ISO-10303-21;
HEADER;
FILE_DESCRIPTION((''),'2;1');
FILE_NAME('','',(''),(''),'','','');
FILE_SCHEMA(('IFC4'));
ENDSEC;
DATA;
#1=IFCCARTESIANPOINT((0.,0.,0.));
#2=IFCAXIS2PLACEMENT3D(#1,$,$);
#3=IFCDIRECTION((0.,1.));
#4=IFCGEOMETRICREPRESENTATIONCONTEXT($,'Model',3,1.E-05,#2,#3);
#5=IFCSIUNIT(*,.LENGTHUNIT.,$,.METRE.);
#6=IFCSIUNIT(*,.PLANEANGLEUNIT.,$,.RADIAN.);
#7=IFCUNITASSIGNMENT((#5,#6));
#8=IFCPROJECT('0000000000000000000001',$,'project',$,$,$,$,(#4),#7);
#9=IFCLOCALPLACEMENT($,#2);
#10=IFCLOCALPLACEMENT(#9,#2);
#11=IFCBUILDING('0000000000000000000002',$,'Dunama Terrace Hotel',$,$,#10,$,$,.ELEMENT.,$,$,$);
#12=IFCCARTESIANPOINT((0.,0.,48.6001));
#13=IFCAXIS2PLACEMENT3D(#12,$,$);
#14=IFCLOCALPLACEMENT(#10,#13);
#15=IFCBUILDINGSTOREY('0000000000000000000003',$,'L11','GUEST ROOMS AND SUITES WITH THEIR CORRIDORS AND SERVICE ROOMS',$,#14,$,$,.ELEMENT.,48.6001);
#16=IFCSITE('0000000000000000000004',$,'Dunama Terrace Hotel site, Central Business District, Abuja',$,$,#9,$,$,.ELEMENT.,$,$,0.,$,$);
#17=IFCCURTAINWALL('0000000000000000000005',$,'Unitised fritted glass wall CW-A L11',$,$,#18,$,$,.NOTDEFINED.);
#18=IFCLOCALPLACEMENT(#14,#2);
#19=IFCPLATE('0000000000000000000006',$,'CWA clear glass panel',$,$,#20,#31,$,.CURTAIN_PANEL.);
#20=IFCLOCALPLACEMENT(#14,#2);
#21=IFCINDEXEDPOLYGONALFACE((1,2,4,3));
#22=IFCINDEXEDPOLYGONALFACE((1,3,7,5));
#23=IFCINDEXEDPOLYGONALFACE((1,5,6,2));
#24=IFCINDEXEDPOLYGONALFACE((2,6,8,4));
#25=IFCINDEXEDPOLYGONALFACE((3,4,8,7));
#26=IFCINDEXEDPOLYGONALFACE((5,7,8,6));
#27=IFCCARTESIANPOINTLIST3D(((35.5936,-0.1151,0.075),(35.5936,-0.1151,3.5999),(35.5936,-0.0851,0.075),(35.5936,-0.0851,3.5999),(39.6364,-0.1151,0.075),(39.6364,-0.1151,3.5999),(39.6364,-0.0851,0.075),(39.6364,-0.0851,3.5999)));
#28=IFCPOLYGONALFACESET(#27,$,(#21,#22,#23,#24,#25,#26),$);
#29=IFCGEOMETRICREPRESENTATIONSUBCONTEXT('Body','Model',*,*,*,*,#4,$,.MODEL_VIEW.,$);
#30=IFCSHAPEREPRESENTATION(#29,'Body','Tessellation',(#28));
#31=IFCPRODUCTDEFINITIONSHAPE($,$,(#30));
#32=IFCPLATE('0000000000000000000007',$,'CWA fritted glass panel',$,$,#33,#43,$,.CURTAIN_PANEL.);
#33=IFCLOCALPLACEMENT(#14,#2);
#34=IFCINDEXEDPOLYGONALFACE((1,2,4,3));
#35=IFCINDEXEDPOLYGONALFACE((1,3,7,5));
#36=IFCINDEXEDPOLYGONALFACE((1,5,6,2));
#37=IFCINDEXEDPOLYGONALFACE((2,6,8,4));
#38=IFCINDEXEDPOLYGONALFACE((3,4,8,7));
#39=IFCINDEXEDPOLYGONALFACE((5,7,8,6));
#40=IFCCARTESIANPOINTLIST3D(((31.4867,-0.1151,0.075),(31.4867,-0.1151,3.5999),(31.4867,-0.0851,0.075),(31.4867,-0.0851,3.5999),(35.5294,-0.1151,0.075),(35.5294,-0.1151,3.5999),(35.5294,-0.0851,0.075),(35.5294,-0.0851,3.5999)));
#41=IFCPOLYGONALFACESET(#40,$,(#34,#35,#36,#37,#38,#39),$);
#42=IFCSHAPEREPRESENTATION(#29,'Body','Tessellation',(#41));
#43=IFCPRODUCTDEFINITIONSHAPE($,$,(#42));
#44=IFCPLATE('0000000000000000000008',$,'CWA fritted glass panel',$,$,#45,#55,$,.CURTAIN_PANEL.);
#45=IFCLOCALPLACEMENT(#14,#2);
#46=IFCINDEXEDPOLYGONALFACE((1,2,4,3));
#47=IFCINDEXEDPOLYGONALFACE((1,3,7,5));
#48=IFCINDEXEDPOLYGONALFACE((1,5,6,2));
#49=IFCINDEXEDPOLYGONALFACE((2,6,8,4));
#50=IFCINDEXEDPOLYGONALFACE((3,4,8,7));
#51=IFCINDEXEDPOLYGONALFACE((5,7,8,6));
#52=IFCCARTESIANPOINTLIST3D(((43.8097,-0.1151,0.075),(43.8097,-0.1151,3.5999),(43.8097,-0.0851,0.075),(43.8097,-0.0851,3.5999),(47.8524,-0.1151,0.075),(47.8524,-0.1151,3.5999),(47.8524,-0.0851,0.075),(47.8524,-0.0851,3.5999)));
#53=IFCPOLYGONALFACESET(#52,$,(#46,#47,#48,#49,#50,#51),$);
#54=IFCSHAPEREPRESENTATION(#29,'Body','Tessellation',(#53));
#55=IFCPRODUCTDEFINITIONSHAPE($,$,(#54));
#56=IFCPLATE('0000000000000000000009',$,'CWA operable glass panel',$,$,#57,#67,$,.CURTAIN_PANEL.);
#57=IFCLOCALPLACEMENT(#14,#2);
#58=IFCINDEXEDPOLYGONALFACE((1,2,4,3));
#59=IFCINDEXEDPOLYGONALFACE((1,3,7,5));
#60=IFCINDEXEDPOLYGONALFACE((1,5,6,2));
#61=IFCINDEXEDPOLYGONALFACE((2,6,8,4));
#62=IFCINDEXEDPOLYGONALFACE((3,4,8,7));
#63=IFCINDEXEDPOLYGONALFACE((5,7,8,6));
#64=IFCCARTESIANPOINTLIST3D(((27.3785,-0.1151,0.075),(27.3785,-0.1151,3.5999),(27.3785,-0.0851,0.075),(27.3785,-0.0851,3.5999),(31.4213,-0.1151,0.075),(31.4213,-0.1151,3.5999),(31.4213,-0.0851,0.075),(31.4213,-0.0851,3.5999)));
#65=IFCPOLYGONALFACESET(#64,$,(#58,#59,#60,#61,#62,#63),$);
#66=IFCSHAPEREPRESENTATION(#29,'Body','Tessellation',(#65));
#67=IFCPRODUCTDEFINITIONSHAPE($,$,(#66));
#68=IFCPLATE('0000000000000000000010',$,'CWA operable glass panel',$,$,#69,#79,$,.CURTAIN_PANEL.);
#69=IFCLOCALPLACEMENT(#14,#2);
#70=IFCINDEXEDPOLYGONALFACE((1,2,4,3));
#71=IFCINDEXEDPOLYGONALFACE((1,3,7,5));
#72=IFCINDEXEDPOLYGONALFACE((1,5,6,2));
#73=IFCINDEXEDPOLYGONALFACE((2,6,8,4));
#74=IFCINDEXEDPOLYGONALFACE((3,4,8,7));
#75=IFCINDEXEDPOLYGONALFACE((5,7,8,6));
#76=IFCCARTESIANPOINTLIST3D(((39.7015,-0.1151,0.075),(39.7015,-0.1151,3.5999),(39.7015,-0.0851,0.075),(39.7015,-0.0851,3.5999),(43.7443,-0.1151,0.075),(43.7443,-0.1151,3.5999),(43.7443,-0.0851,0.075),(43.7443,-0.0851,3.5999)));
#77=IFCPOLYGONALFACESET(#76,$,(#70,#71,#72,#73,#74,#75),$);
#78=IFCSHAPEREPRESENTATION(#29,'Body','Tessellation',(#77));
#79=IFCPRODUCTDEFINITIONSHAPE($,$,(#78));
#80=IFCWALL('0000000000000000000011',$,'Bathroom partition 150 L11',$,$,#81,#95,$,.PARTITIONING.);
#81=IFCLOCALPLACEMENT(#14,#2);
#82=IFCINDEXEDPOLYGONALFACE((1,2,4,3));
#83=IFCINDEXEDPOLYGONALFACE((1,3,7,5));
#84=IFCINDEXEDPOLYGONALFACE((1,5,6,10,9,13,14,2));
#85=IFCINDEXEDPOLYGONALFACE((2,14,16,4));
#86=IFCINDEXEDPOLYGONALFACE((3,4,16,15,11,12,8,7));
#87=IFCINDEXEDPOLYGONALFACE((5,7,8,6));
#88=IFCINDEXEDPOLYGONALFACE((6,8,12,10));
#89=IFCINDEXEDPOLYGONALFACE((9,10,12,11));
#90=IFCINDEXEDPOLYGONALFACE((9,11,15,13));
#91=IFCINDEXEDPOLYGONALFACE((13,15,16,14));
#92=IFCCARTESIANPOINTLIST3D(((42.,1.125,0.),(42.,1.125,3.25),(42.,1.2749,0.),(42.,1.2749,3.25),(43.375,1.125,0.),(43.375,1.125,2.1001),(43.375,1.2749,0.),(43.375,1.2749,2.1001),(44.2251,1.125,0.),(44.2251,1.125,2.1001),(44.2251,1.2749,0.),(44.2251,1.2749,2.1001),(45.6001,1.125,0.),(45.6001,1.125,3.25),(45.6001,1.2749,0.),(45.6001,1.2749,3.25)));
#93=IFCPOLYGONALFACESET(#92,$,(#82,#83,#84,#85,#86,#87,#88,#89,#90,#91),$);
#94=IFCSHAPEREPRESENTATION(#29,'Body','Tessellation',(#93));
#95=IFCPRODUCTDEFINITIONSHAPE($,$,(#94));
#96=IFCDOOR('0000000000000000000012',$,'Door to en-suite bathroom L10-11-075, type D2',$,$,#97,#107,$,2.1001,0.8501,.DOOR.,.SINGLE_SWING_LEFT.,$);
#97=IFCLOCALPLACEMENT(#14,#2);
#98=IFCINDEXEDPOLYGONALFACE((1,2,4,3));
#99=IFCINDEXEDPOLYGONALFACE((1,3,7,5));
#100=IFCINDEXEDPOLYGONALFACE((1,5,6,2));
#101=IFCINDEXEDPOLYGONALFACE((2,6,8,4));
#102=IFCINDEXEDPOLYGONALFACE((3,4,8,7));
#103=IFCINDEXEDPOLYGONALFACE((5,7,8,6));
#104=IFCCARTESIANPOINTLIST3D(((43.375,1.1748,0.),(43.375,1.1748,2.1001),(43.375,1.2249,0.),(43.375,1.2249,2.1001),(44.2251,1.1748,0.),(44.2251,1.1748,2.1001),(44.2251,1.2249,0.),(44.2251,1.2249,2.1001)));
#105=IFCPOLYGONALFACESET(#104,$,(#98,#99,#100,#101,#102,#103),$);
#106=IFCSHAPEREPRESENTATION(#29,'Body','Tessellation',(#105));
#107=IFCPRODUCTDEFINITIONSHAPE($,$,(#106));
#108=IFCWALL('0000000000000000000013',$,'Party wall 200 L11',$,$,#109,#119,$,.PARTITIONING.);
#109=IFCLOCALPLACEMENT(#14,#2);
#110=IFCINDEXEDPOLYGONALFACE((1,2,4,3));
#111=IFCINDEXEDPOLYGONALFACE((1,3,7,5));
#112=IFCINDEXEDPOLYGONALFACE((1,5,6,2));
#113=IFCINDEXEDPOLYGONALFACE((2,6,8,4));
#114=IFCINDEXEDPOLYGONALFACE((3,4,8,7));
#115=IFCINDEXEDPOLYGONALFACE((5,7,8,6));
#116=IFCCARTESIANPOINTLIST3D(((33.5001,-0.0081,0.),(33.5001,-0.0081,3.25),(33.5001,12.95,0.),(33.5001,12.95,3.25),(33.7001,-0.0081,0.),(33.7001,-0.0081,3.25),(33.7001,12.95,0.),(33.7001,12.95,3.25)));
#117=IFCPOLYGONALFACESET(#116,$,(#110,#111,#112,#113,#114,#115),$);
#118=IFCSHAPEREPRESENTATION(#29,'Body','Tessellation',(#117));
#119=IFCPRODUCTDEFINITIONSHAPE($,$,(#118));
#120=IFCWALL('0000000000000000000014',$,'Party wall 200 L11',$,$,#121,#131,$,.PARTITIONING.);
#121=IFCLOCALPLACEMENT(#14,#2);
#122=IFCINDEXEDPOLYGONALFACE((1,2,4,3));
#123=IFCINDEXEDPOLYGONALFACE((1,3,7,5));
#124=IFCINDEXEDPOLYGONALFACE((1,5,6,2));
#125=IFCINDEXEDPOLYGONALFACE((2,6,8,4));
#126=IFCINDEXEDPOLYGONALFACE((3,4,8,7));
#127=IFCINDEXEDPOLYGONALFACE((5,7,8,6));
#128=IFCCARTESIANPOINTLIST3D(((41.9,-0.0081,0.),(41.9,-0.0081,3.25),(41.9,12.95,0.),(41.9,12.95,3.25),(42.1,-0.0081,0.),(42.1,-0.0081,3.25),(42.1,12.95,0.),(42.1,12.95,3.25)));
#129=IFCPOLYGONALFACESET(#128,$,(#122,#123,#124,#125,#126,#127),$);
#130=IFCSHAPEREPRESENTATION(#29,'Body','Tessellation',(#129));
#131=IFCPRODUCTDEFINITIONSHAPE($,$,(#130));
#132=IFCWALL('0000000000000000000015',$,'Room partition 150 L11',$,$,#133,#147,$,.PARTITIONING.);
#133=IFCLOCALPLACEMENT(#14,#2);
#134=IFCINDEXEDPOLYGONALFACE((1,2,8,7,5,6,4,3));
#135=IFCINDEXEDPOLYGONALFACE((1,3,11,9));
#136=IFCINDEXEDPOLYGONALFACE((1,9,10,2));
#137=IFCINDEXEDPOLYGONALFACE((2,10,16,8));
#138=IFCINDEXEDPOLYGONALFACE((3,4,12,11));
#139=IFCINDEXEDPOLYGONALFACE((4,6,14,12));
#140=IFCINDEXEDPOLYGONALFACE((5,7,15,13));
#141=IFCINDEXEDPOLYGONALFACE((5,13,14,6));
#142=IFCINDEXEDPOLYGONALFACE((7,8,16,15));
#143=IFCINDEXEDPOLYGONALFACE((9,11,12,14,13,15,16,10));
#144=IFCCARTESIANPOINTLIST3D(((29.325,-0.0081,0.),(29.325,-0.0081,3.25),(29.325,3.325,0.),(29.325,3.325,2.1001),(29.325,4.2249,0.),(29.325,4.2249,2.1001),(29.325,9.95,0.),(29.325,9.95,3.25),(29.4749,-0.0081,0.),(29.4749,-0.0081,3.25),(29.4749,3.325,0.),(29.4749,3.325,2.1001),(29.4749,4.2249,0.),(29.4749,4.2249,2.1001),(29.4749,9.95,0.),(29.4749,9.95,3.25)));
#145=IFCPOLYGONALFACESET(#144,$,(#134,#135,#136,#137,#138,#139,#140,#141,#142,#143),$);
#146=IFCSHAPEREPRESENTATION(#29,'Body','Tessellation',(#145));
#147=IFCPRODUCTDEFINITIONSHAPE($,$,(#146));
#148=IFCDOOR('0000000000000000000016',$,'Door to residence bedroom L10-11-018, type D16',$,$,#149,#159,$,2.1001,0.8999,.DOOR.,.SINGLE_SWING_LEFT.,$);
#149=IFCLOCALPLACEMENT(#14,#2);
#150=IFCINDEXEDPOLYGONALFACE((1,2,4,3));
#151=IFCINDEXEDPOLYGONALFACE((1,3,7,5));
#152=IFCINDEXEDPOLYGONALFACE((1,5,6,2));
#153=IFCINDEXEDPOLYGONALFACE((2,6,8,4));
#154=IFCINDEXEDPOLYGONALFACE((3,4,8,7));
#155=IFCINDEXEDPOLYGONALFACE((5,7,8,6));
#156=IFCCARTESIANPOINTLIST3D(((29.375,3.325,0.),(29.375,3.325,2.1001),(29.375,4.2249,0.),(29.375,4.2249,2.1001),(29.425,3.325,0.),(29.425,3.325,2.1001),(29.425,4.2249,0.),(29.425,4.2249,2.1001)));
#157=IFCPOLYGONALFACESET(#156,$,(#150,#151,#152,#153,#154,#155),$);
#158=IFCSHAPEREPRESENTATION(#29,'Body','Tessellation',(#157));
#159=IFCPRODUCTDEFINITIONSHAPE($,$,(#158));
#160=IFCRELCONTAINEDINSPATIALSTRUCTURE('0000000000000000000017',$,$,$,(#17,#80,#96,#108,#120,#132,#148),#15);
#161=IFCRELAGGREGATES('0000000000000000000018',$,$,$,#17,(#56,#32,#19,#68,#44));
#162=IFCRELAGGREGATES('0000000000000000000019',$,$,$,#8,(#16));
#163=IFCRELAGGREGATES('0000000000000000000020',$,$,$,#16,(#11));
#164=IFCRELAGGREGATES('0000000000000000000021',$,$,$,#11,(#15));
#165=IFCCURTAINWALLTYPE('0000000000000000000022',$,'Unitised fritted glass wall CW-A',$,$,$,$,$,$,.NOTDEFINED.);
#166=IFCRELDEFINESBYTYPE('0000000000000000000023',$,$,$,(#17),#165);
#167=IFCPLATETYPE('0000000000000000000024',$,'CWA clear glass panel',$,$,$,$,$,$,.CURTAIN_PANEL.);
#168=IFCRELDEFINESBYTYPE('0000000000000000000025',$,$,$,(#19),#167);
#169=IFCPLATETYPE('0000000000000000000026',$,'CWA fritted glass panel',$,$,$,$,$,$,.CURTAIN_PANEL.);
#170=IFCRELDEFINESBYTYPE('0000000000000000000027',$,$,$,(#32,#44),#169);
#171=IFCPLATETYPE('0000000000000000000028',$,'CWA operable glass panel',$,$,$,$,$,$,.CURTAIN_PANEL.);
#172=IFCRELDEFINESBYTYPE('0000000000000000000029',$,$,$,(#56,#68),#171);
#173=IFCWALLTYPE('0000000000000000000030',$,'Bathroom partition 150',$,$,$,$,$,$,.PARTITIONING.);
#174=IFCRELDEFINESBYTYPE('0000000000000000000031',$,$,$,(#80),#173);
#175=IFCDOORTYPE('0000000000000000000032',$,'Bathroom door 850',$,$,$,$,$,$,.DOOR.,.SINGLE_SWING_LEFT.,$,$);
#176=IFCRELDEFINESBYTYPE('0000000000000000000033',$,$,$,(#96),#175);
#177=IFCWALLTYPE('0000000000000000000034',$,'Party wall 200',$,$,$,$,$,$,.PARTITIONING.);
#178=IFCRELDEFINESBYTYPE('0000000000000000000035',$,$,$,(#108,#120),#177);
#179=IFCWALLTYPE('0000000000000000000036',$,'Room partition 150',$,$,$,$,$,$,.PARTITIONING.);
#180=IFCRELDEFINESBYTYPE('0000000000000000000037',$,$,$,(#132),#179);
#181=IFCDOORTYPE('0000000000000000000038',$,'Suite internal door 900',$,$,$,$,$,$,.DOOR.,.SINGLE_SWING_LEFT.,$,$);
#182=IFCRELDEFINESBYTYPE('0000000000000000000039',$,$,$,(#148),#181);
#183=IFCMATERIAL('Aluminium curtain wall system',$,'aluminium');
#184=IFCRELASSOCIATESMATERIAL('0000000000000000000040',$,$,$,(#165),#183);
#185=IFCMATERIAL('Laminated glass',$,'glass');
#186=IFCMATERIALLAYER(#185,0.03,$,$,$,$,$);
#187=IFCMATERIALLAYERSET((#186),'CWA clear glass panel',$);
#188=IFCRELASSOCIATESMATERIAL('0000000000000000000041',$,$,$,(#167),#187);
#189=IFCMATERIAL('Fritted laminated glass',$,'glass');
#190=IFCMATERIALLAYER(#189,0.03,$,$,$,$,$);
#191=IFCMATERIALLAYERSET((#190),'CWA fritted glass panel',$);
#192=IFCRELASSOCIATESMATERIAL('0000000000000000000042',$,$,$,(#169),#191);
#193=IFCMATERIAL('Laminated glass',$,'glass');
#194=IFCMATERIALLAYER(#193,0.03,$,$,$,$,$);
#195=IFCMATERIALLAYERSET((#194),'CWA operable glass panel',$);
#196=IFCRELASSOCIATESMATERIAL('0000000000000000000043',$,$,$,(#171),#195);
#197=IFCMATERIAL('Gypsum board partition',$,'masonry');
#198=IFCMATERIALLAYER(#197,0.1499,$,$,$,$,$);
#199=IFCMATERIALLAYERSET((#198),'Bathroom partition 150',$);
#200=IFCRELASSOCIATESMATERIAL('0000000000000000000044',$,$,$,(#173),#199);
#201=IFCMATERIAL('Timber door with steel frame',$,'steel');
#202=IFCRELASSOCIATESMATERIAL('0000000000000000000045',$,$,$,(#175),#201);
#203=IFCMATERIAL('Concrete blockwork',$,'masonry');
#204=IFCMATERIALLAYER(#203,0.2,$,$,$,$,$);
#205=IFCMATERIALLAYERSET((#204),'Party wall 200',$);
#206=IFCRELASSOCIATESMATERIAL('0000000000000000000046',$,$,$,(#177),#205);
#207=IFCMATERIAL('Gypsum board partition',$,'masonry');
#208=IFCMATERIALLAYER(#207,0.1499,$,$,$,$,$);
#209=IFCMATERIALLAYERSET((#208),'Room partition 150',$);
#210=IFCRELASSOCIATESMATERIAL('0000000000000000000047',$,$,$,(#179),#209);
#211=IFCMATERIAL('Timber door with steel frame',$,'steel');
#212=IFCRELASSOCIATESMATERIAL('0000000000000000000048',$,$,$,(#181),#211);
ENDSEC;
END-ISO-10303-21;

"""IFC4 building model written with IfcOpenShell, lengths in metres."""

from ifc_helpers import new_model, si_unit, direction, frame, frame_2d, origin, origin_2d, place, context, subcontext, project, spatial, rectangle, extrude, material, layer, layer_set, type_object, element, fill, aggregate, save


model = new_model("IFC4")

# Units and contexts
model_context = context("Model", 3, precision=1e-05, world=origin(), true_north=direction((0.0, 1.0)))
body_context = subcontext(model_context, "Body", "Model", "MODEL_VIEW")
ifc_project = project(units=[si_unit("LENGTHUNIT", "METRE"), si_unit("PLANEANGLEUNIT", "RADIAN")], contexts=[model_context])

# Site, building, storey
site_placement = place(None, origin())
site = spatial("IfcSite", under=ifc_project, at=site_placement, Name="Dunama Terrace Hotel site, Central Business District, Abuja", CompositionType="ELEMENT", RefElevation=0.0)
building_placement = place(site_placement, origin())
building = spatial("IfcBuilding", under=site, at=building_placement, Name="Dunama Terrace Hotel", CompositionType="ELEMENT")
storey_placement = place(building_placement, frame((0.0, 0.0, 48.6001)))
storey = spatial("IfcBuildingStorey", under=building, at=storey_placement, Name="L11", Description="GUEST ROOMS AND SUITES WITH THEIR CORRIDORS AND SERVICE ROOMS", CompositionType="ELEMENT", Elevation=48.6001)

# Curtain wall
ifc_material_1 = material(Name="Aluminium curtain wall system", Category="aluminium")
curtain_wall_type = type_object("IfcCurtainWallType", Name="Unitised fritted glass wall CW-A", PredefinedType="NOTDEFINED", material=ifc_material_1)
curtain_wall_placement = place(storey_placement, origin())
curtain_wall = element("IfcCurtainWall", 1, at=curtain_wall_placement, inside=storey, type_object=curtain_wall_type, Name="Unitised fritted glass wall CW-A L11", PredefinedType="NOTDEFINED")

# Plates
ifc_material_2 = material(Name="Laminated glass", Category="glass")
ifc_layer_1 = layer(ifc_material_2, 0.03)
ifc_layer_set_1 = layer_set([ifc_layer_1], Name="CWA clear glass panel")
plate_type_1 = type_object("IfcPlateType", Name="CWA clear glass panel", PredefinedType="CURTAIN_PANEL", material=ifc_layer_set_1)
plate_1_placement = place(storey_placement, frame((37.615, -0.1001, 0.075), z_axis=(0.0, 0.0, 1.0), x_axis=(1.0, 0.0, 0.0)))
plate_1 = element("IfcPlate", 2, at=plate_1_placement, type_object=plate_type_1, Name="CWA clear glass panel", PredefinedType="CURTAIN_PANEL", context=body_context, shape_type="SweptSolid", body=[
    extrude(rectangle(XDim=4.0427, YDim=0.03, at=origin_2d()), origin(), (0.0, 0.0, 1.0), 3.5249),
])
ifc_material_3 = material(Name="Fritted laminated glass", Category="glass")
ifc_layer_2 = layer(ifc_material_3, 0.03)
ifc_layer_set_2 = layer_set([ifc_layer_2], Name="CWA fritted glass panel")
plate_type_2 = type_object("IfcPlateType", Name="CWA fritted glass panel", PredefinedType="CURTAIN_PANEL", material=ifc_layer_set_2)
plate_2_placement = place(storey_placement, frame((33.5081, -0.1001, 0.075), z_axis=(0.0, 0.0, 1.0), x_axis=(1.0, 0.0, 0.0)))
plate_2 = element("IfcPlate", 3, at=plate_2_placement, type_object=plate_type_2, Name="CWA fritted glass panel", PredefinedType="CURTAIN_PANEL", context=body_context, shape_type="SweptSolid", body=[
    extrude(rectangle(XDim=4.0427, YDim=0.03, at=origin_2d()), origin(), (0.0, 0.0, 1.0), 3.5249),
])
plate_3_placement = place(storey_placement, frame((45.8311, -0.1001, 0.075), z_axis=(0.0, 0.0, 1.0), x_axis=(1.0, 0.0, 0.0)))
plate_3 = element("IfcPlate", 4, at=plate_3_placement, type_object=plate_type_2, Name="CWA fritted glass panel", PredefinedType="CURTAIN_PANEL", context=body_context, shape_type="SweptSolid", body=[
    extrude(rectangle(XDim=4.0427, YDim=0.03, at=origin_2d()), origin(), (0.0, 0.0, 1.0), 3.5249),
])
ifc_material_4 = material(Name="Laminated glass", Category="glass")
ifc_layer_3 = layer(ifc_material_4, 0.03)
ifc_layer_set_3 = layer_set([ifc_layer_3], Name="CWA operable glass panel")
plate_type_3 = type_object("IfcPlateType", Name="CWA operable glass panel", PredefinedType="CURTAIN_PANEL", material=ifc_layer_set_3)
plate_4_placement = place(storey_placement, frame((29.3999, -0.1001, 0.075), z_axis=(0.0, 0.0, 1.0), x_axis=(1.0, 0.0, 0.0)))
plate_4 = element("IfcPlate", 5, at=plate_4_placement, type_object=plate_type_3, Name="CWA operable glass panel", PredefinedType="CURTAIN_PANEL", context=body_context, shape_type="SweptSolid", body=[
    extrude(rectangle(XDim=4.0427, YDim=0.03, at=origin_2d()), origin(), (0.0, 0.0, 1.0), 3.5249),
])
plate_5_placement = place(storey_placement, frame((41.7229, -0.1001, 0.075), z_axis=(0.0, 0.0, 1.0), x_axis=(1.0, 0.0, 0.0)))
plate_5 = element("IfcPlate", 6, at=plate_5_placement, type_object=plate_type_3, Name="CWA operable glass panel", PredefinedType="CURTAIN_PANEL", context=body_context, shape_type="SweptSolid", body=[
    extrude(rectangle(XDim=4.0427, YDim=0.03, at=origin_2d()), origin(), (0.0, 0.0, 1.0), 3.5249),
])
aggregate(curtain_wall, [plate_4, plate_2, plate_1, plate_5, plate_3])

# Wall, opening, door
ifc_material_5 = material(Name="Gypsum board partition", Category="masonry")
ifc_layer_4 = layer(ifc_material_5, 0.1499)
ifc_layer_set_4 = layer_set([ifc_layer_4], Name="Bathroom partition 150")
wall_type_1 = type_object("IfcWallType", Name="Bathroom partition 150", PredefinedType="PARTITIONING", material=ifc_layer_set_4)
wall_1_placement = place(storey_placement, frame((42.0, 1.2, 0.0), z_axis=(0.0, 0.0, 1.0), x_axis=(1.0, 0.0, 0.0)))
wall_1 = element("IfcWall", 7, at=wall_1_placement, inside=storey, type_object=wall_type_1, Name="Bathroom partition 150 L11", PredefinedType="PARTITIONING", context=body_context, shape_type="SweptSolid", body=[
    extrude(rectangle(XDim=3.6001, YDim=0.1499, at=frame_2d((1.8, 0.0))), origin(), (0.0, 0.0, 1.0), 3.25),
])
opening_1_placement = place(wall_1_placement, frame((1.375, 0.0, 0.0)))
opening_1 = element("IfcOpeningElement", 8, at=opening_1_placement, cuts=wall_1, PredefinedType="OPENING", context=body_context, shape_type="SweptSolid", body=[
    extrude(rectangle(XDim=0.8501, YDim=2.1001, at=frame_2d((0.425, 1.05))), frame((0.0, 0.085, 0.0), z_axis=(0.0, -1.0, 0.0), x_axis=(1.0, 0.0, 0.0)), (0.0, 0.0, 1.0), 0.1699),
])
ifc_material_6 = material(Name="Timber door with steel frame", Category="steel")
door_type_1 = type_object("IfcDoorType", Name="Bathroom door 850", OperationType="SINGLE_SWING_LEFT", PredefinedType="DOOR", material=ifc_material_6)
door_1_placement = place(opening_1_placement, origin())
door_1 = element("IfcDoor", 9, at=door_1_placement, inside=storey, type_object=door_type_1, Name="Door to en-suite bathroom L10-11-075, type D2", OperationType="SINGLE_SWING_LEFT", OverallHeight=2.1001, OverallWidth=0.8501, PredefinedType="DOOR", context=body_context, shape_type="SweptSolid", body=[
    extrude(rectangle(XDim=0.8501, YDim=2.1001, at=frame_2d((0.425, 1.05))), frame((0.0, 0.0249, 0.0), z_axis=(0.0, -1.0, 0.0), x_axis=(1.0, 0.0, 0.0)), (0.0, 0.0, 1.0), 0.05),
])
fill(opening_1, door_1)

# Walls
ifc_material_7 = material(Name="Concrete blockwork", Category="masonry")
ifc_layer_5 = layer(ifc_material_7, 0.2)
ifc_layer_set_5 = layer_set([ifc_layer_5], Name="Party wall 200")
wall_type_2 = type_object("IfcWallType", Name="Party wall 200", PredefinedType="PARTITIONING", material=ifc_layer_set_5)
for number, where, z_axis, x_axis, name in (
    (10, (33.6001, -0.0081, 0.0), (0.0, 0.0, 1.0), (0.0, 1.0, 0.0), "Party wall 200 L11"),
    (11, (42.0, -0.0081, 0.0), (0.0, 0.0, 1.0), (0.0, 1.0, 0.0), "Party wall 200 L11"),
):
    element("IfcWall", number, at=place(storey_placement, frame(where, z_axis=z_axis, x_axis=x_axis)), inside=storey, type_object=wall_type_2, Name=name, PredefinedType="PARTITIONING", context=body_context, shape_type="SweptSolid", body=[
        extrude(rectangle(XDim=12.958, YDim=0.2, at=frame_2d((6.479, 0.0))), origin(), (0.0, 0.0, 1.0), 3.25),
    ])

# Wall, opening, door
ifc_material_8 = material(Name="Gypsum board partition", Category="masonry")
ifc_layer_6 = layer(ifc_material_8, 0.1499)
ifc_layer_set_6 = layer_set([ifc_layer_6], Name="Room partition 150")
wall_type_3 = type_object("IfcWallType", Name="Room partition 150", PredefinedType="PARTITIONING", material=ifc_layer_set_6)
wall_2_placement = place(storey_placement, frame((29.3999, -0.0081, 0.0), z_axis=(0.0, 0.0, 1.0), x_axis=(0.0, 1.0, 0.0)))
wall_2 = element("IfcWall", 12, at=wall_2_placement, inside=storey, type_object=wall_type_3, Name="Room partition 150 L11", PredefinedType="PARTITIONING", context=body_context, shape_type="SweptSolid", body=[
    extrude(rectangle(XDim=9.958, YDim=0.1499, at=frame_2d((4.979, 0.0))), origin(), (0.0, 0.0, 1.0), 3.25),
])
opening_2_placement = place(wall_2_placement, frame((3.333, 0.0, 0.0)))
opening_2 = element("IfcOpeningElement", 13, at=opening_2_placement, cuts=wall_2, PredefinedType="OPENING", context=body_context, shape_type="SweptSolid", body=[
    extrude(rectangle(XDim=0.8999, YDim=2.1001, at=frame_2d((0.45, 1.05))), frame((0.0, 0.085, 0.0), z_axis=(0.0, -1.0, 0.0), x_axis=(1.0, 0.0, 0.0)), (0.0, 0.0, 1.0), 0.1699),
])
ifc_material_9 = material(Name="Timber door with steel frame", Category="steel")
door_type_2 = type_object("IfcDoorType", Name="Suite internal door 900", OperationType="SINGLE_SWING_LEFT", PredefinedType="DOOR", material=ifc_material_9)
door_2_placement = place(opening_2_placement, frame((0.8999, 0.0, 0.0), z_axis=(0.0, 0.0, 1.0), x_axis=(-1.0, 0.0, 0.0)))
door_2 = element("IfcDoor", 14, at=door_2_placement, inside=storey, type_object=door_type_2, Name="Door to residence bedroom L10-11-018, type D16", OperationType="SINGLE_SWING_LEFT", OverallHeight=2.1001, OverallWidth=0.8999, PredefinedType="DOOR", context=body_context, shape_type="SweptSolid", body=[
    extrude(rectangle(XDim=0.8999, YDim=2.1001, at=frame_2d((0.45, 1.05))), frame((0.0, 0.0251, 0.0), z_axis=(0.0, -1.0, 0.0), x_axis=(1.0, 0.0, 0.0)), (0.0, 0.0, 1.0), 0.05),
])
fill(opening_2, door_2)

save(model, "model.ifc")
